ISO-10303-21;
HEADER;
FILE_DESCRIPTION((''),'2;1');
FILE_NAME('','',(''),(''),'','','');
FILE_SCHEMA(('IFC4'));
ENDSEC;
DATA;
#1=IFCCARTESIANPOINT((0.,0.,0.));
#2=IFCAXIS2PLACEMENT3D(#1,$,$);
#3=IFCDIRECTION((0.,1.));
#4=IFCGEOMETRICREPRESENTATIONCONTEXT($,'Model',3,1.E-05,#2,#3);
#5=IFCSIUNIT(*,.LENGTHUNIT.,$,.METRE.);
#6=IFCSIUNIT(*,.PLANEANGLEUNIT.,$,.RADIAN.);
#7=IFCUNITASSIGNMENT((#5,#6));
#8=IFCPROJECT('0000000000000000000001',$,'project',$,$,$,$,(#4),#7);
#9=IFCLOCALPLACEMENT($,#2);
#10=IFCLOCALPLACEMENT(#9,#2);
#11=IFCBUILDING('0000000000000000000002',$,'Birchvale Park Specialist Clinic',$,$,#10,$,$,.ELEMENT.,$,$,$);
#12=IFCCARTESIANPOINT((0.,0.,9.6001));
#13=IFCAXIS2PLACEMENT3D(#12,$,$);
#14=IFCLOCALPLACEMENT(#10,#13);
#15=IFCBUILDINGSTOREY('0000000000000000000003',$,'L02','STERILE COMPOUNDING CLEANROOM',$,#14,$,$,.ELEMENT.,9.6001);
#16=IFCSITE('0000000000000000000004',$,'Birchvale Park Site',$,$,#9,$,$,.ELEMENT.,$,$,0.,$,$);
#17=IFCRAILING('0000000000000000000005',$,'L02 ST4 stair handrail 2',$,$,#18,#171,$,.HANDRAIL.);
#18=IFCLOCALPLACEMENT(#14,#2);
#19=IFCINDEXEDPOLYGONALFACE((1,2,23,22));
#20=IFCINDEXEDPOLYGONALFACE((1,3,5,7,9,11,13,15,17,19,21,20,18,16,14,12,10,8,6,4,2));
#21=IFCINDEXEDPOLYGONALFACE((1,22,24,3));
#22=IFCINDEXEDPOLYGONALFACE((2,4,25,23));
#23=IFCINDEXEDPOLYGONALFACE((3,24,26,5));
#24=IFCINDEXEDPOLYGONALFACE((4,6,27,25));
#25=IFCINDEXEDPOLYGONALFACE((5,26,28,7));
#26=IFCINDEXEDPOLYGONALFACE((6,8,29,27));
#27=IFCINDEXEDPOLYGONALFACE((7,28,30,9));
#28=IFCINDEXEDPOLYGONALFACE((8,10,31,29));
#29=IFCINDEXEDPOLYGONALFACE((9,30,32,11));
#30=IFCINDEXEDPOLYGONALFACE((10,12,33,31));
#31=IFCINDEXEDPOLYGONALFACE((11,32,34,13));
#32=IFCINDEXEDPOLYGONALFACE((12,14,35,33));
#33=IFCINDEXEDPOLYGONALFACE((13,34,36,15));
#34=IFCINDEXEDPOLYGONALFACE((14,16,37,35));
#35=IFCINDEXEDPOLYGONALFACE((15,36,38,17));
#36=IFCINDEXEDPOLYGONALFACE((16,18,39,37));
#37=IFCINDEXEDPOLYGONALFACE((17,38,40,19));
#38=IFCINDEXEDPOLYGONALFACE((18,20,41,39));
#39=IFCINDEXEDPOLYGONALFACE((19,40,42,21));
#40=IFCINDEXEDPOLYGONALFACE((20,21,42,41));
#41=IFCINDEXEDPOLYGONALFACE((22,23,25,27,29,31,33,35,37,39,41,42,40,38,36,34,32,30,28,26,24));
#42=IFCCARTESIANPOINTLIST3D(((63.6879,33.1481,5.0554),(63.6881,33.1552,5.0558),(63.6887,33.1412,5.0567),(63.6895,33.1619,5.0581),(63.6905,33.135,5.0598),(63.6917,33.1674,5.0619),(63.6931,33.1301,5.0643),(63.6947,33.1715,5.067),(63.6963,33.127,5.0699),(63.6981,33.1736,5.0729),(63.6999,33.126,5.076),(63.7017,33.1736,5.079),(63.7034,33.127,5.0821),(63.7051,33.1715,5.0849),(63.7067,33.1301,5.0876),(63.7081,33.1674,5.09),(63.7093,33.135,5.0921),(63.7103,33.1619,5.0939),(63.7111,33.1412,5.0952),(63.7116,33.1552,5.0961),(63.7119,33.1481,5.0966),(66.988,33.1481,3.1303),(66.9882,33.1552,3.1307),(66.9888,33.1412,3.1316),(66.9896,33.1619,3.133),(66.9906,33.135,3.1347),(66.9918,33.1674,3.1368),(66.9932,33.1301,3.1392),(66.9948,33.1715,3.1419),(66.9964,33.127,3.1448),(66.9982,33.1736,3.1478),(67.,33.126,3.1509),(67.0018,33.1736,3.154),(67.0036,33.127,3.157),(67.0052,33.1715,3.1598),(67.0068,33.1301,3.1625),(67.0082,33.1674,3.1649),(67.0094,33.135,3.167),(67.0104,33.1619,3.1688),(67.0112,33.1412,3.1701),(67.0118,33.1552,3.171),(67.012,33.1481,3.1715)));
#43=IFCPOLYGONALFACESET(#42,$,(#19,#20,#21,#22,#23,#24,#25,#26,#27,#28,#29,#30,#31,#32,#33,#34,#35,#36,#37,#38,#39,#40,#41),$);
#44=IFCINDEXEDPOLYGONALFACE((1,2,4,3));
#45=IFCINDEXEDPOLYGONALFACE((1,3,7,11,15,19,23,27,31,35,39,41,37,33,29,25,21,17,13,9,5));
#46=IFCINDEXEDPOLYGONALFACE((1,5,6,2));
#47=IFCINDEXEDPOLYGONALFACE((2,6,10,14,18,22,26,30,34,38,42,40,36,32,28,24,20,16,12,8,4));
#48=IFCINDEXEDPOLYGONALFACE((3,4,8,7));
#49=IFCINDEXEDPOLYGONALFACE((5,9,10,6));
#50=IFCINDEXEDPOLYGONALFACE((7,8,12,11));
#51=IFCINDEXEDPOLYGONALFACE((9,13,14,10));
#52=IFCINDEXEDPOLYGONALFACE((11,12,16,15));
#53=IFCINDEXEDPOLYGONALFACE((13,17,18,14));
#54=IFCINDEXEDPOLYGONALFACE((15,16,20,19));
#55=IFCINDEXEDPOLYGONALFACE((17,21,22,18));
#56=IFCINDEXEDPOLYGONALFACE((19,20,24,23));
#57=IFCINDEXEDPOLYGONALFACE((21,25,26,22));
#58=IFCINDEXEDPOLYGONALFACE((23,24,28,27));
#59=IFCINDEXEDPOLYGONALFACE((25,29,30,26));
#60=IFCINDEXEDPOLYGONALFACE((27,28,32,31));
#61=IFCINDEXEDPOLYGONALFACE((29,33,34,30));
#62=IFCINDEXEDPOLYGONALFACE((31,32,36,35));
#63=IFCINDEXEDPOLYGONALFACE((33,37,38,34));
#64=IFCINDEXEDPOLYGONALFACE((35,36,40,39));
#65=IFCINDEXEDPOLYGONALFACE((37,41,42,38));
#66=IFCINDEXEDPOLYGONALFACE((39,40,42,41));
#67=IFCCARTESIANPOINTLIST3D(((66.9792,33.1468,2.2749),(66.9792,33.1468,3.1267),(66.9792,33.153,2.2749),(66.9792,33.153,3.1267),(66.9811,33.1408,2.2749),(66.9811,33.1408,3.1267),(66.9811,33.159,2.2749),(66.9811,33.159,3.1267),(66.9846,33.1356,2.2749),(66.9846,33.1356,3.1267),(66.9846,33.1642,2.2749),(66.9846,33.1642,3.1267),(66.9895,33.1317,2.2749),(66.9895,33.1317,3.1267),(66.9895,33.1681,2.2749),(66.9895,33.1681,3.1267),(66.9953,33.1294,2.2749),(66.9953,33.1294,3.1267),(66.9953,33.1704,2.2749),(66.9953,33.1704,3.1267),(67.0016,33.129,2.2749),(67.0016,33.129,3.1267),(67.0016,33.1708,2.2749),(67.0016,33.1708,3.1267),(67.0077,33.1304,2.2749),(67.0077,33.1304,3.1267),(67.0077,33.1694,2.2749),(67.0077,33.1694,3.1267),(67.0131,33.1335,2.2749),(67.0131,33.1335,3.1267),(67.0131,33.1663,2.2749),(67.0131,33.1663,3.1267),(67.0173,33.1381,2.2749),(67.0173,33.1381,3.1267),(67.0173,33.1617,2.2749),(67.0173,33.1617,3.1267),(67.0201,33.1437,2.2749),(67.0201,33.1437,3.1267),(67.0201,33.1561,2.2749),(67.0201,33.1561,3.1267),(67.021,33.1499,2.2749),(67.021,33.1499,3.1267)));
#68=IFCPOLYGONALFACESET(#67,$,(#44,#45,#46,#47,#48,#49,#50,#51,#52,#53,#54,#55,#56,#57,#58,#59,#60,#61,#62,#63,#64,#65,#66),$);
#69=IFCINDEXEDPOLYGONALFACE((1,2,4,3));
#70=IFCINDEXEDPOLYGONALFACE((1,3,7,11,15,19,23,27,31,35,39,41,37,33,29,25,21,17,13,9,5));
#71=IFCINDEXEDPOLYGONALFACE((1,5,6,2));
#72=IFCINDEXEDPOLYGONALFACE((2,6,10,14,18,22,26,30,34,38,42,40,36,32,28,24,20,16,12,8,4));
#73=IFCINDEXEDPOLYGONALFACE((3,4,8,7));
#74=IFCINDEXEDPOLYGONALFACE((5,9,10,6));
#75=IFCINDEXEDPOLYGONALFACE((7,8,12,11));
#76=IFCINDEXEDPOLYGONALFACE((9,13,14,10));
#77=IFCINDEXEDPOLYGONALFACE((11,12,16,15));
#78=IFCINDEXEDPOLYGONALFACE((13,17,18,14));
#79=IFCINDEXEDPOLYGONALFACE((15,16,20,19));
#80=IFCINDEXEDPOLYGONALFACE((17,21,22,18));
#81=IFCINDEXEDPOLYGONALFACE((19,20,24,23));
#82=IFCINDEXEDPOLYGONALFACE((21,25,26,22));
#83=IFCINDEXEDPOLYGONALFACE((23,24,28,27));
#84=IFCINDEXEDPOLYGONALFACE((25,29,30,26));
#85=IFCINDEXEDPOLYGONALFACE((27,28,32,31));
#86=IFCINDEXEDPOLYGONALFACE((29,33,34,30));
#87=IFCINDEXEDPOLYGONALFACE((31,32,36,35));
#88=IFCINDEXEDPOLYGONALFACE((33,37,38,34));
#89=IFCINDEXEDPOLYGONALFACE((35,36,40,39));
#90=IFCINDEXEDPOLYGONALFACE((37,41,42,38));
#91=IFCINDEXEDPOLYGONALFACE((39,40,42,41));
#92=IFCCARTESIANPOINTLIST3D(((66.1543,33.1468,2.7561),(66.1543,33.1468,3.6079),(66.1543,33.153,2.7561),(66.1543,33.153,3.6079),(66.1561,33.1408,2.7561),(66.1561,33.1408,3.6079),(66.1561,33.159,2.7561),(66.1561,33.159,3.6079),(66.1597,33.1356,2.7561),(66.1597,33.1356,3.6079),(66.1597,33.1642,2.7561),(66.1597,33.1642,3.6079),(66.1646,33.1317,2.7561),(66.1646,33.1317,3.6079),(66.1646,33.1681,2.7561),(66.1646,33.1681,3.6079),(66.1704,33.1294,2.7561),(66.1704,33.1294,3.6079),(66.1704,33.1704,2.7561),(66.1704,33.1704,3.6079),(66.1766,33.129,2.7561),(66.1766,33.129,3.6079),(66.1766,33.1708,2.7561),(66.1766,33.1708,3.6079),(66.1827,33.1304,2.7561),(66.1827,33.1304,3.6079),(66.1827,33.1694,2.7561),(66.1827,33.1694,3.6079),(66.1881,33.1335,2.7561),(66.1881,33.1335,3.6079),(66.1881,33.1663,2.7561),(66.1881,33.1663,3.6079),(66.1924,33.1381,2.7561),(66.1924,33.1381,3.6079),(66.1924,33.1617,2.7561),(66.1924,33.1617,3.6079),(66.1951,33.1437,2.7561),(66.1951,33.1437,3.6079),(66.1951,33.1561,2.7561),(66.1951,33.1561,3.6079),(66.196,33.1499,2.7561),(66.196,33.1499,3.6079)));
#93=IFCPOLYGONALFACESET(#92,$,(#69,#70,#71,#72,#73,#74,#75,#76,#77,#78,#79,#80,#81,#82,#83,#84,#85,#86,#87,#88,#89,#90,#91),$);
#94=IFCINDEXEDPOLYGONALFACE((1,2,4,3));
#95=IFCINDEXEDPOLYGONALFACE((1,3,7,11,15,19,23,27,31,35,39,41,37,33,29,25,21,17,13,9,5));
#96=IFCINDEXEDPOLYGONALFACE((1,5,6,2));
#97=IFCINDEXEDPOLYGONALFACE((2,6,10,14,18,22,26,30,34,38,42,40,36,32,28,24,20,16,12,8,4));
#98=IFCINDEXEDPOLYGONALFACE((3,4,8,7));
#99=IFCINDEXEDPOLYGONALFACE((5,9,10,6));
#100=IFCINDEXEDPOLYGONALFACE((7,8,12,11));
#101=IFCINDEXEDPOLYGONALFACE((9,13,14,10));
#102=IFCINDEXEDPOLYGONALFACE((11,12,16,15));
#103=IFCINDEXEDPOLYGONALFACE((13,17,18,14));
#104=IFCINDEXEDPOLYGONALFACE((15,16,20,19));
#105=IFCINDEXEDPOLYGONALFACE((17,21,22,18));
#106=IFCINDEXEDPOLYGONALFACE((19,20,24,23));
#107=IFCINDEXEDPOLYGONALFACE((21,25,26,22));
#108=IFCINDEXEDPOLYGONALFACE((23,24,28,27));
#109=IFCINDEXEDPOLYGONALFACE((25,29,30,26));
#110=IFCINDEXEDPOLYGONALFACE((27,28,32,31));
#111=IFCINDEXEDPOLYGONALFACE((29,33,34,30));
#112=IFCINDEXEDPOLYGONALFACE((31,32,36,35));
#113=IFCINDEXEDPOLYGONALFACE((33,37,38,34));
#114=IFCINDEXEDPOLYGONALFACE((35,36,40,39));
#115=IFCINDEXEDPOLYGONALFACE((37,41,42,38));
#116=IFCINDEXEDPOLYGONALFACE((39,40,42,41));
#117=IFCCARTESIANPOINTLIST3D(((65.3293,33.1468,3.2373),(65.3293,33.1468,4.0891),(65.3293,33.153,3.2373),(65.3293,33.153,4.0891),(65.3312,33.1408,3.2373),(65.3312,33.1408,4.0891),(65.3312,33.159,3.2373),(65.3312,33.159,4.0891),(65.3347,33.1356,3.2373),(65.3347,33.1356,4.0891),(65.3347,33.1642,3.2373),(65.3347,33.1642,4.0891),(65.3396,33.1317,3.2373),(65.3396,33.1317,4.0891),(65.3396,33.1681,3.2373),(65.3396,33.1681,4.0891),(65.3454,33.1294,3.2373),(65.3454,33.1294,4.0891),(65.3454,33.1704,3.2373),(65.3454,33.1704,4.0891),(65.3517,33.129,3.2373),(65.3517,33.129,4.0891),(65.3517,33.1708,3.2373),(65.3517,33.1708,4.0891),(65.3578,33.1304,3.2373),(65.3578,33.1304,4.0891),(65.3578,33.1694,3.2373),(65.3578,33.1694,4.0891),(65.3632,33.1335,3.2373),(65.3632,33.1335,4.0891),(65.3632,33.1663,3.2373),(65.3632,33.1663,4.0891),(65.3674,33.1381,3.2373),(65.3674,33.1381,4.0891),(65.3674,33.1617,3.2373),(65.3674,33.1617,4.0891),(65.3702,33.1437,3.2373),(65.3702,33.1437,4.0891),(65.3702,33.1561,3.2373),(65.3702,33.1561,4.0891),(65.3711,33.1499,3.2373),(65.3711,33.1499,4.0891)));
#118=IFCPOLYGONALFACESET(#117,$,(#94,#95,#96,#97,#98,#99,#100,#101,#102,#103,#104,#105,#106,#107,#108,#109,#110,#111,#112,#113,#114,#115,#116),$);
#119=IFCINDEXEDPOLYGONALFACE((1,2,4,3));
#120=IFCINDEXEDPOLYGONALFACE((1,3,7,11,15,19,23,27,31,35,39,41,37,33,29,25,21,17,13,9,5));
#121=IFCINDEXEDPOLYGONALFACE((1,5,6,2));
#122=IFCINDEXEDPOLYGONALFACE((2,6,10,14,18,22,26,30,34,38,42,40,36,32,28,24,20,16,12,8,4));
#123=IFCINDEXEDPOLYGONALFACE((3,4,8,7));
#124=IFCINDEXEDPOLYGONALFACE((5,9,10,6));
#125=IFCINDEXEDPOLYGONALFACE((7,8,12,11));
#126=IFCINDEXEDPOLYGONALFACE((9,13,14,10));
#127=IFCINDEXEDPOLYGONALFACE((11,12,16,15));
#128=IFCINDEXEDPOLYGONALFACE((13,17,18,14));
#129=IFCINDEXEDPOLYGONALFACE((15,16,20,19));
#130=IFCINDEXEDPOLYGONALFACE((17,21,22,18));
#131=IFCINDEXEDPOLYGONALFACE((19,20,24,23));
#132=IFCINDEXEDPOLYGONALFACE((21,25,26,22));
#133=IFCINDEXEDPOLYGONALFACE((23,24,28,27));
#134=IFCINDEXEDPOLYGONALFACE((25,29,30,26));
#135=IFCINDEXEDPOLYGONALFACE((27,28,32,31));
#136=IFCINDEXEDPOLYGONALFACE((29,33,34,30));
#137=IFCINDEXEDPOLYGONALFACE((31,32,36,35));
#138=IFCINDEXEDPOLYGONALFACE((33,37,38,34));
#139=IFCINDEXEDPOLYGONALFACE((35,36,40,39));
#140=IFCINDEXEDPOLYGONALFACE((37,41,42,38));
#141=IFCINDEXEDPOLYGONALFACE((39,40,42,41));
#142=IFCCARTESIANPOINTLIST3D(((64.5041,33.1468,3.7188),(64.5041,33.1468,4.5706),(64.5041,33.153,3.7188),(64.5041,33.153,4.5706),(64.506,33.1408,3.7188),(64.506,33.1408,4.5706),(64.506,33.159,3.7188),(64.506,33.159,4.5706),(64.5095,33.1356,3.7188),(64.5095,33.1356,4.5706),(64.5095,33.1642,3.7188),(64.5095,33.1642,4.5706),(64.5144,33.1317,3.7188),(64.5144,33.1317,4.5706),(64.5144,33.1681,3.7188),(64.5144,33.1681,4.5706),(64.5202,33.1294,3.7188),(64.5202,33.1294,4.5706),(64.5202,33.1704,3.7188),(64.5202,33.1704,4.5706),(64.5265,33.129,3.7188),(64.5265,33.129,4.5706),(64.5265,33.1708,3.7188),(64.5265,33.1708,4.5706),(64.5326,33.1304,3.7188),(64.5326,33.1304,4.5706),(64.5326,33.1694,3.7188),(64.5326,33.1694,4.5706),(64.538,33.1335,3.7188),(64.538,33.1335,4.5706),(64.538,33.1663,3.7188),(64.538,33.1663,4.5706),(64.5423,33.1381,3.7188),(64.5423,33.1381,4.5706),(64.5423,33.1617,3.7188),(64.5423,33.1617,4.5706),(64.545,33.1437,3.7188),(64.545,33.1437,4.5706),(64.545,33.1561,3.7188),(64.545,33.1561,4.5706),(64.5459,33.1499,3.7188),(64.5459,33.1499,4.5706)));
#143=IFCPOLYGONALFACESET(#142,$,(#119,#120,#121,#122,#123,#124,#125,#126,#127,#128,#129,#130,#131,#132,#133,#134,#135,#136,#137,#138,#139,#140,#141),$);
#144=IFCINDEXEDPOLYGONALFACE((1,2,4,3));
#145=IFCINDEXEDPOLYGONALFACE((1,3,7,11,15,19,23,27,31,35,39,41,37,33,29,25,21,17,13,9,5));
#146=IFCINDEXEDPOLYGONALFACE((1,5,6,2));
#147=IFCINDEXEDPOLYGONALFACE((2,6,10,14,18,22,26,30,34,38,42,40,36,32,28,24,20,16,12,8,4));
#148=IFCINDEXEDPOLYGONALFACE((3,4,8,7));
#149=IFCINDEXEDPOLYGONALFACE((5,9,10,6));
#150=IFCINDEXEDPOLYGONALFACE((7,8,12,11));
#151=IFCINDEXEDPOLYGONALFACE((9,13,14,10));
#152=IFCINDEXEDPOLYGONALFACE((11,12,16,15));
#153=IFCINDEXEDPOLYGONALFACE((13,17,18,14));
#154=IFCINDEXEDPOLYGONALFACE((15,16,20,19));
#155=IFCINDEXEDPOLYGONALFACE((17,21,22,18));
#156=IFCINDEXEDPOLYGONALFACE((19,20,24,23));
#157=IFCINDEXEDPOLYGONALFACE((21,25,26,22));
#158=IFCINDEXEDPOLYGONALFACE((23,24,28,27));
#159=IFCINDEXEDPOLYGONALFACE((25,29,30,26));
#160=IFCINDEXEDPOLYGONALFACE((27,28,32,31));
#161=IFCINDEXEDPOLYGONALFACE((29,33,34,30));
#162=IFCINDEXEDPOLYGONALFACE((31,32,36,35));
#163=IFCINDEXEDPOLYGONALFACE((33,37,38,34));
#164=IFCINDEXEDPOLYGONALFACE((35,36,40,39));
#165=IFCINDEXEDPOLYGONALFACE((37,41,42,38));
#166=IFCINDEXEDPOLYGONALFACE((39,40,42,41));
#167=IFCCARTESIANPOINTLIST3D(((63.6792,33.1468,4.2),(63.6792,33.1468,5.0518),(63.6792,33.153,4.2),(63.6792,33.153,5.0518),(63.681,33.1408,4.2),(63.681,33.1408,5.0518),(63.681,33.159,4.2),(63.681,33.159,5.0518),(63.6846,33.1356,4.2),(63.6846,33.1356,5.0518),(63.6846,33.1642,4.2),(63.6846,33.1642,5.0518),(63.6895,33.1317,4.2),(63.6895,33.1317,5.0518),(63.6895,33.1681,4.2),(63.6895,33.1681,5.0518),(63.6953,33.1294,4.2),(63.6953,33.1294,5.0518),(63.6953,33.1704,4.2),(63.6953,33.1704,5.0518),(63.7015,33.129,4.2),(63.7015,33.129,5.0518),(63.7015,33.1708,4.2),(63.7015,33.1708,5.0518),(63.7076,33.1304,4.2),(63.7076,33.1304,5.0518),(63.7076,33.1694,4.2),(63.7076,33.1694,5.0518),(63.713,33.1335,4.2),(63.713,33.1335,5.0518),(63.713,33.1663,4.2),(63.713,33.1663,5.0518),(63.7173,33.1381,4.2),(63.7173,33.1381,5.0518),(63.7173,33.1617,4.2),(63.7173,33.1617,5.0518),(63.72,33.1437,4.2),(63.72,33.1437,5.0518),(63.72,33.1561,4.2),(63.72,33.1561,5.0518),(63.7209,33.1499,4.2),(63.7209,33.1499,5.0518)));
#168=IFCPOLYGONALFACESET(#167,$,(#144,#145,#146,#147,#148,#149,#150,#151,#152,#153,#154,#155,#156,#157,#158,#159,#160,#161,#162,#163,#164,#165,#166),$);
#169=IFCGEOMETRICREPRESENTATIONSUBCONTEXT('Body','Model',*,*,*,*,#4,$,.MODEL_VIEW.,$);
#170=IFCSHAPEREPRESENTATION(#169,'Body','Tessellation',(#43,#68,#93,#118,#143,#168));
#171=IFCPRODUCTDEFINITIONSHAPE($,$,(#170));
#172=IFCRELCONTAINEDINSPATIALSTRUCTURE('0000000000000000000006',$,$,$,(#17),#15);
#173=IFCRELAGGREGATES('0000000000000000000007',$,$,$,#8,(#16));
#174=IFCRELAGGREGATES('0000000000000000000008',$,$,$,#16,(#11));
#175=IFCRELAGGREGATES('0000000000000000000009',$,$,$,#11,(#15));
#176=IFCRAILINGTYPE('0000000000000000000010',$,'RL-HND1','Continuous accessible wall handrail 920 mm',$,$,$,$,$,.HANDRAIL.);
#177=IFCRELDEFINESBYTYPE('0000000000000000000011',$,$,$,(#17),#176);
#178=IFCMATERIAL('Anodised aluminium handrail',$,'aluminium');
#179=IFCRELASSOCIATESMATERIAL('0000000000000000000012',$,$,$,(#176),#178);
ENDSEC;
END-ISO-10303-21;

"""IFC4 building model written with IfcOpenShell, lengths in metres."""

from ifc_helpers import new_model, si_unit, direction, frame, origin, origin_2d, place, context, subcontext, project, spatial, circle, extrude, material, type_object, element, save


model = new_model("IFC4")

# Units and contexts
model_context = context("Model", 3, precision=1e-05, world=origin(), true_north=direction((0.0, 1.0)))
body_context = subcontext(model_context, "Body", "Model", "MODEL_VIEW")
ifc_project = project(units=[si_unit("LENGTHUNIT", "METRE"), si_unit("PLANEANGLEUNIT", "RADIAN")], contexts=[model_context])

# Site, building, storey
site_placement = place(None, origin())
site = spatial("IfcSite", under=ifc_project, at=site_placement, Name="Birchvale Park Site", CompositionType="ELEMENT", RefElevation=0.0)
building_placement = place(site_placement, origin())
building = spatial("IfcBuilding", under=site, at=building_placement, Name="Birchvale Park Specialist Clinic", CompositionType="ELEMENT")
storey_placement = place(building_placement, frame((0.0, 0.0, 9.6001)))
storey = spatial("IfcBuildingStorey", under=building, at=storey_placement, Name="L02", Description="STERILE COMPOUNDING CLEANROOM", CompositionType="ELEMENT", Elevation=9.6001)

# Railing
ifc_material_1 = material(Name="Anodised aluminium handrail", Category="aluminium")
railing_type_1 = type_object("IfcRailingType", Name="RL-HND1", Description="Continuous accessible wall handrail 920 mm", PredefinedType="HANDRAIL", material=ifc_material_1)
railing_1_placement = place(storey_placement, frame((67.0, 33.1499, 2.2749)))
element("IfcRailing", 1, at=railing_1_placement, inside=storey, type_object=railing_type_1, Name="L02 ST4 stair handrail 2", PredefinedType="HANDRAIL", context=body_context, shape_type="SweptSolid", body=[
    extrude(circle(Radius=0.0239, at=origin_2d()), frame((0.0, 0.0, 0.876), z_axis=(-0.863777, 0.0, 0.503875), x_axis=(0.0, -1.0, 0.0)), (0.0, 0.0, 1.0), 3.8206),
    extrude(circle(Radius=0.021, at=origin_2d()), origin(), (0.0, 0.0, 1.0), 0.8518),
    extrude(circle(Radius=0.021, at=origin_2d()), frame((-0.825, 0.0, 0.4812)), (0.0, 0.0, 1.0), 0.8518),
    extrude(circle(Radius=0.021, at=origin_2d()), frame((-1.6499, 0.0, 0.9624)), (0.0, 0.0, 1.0), 0.8518),
    extrude(circle(Radius=0.021, at=origin_2d()), frame((-2.4751, 0.0, 1.4438)), (0.0, 0.0, 1.0), 0.8518),
    extrude(circle(Radius=0.021, at=origin_2d()), frame((-3.3, 0.0, 1.925)), (0.0, 0.0, 1.0), 0.8518),
])

save(model, "model.ifc")
